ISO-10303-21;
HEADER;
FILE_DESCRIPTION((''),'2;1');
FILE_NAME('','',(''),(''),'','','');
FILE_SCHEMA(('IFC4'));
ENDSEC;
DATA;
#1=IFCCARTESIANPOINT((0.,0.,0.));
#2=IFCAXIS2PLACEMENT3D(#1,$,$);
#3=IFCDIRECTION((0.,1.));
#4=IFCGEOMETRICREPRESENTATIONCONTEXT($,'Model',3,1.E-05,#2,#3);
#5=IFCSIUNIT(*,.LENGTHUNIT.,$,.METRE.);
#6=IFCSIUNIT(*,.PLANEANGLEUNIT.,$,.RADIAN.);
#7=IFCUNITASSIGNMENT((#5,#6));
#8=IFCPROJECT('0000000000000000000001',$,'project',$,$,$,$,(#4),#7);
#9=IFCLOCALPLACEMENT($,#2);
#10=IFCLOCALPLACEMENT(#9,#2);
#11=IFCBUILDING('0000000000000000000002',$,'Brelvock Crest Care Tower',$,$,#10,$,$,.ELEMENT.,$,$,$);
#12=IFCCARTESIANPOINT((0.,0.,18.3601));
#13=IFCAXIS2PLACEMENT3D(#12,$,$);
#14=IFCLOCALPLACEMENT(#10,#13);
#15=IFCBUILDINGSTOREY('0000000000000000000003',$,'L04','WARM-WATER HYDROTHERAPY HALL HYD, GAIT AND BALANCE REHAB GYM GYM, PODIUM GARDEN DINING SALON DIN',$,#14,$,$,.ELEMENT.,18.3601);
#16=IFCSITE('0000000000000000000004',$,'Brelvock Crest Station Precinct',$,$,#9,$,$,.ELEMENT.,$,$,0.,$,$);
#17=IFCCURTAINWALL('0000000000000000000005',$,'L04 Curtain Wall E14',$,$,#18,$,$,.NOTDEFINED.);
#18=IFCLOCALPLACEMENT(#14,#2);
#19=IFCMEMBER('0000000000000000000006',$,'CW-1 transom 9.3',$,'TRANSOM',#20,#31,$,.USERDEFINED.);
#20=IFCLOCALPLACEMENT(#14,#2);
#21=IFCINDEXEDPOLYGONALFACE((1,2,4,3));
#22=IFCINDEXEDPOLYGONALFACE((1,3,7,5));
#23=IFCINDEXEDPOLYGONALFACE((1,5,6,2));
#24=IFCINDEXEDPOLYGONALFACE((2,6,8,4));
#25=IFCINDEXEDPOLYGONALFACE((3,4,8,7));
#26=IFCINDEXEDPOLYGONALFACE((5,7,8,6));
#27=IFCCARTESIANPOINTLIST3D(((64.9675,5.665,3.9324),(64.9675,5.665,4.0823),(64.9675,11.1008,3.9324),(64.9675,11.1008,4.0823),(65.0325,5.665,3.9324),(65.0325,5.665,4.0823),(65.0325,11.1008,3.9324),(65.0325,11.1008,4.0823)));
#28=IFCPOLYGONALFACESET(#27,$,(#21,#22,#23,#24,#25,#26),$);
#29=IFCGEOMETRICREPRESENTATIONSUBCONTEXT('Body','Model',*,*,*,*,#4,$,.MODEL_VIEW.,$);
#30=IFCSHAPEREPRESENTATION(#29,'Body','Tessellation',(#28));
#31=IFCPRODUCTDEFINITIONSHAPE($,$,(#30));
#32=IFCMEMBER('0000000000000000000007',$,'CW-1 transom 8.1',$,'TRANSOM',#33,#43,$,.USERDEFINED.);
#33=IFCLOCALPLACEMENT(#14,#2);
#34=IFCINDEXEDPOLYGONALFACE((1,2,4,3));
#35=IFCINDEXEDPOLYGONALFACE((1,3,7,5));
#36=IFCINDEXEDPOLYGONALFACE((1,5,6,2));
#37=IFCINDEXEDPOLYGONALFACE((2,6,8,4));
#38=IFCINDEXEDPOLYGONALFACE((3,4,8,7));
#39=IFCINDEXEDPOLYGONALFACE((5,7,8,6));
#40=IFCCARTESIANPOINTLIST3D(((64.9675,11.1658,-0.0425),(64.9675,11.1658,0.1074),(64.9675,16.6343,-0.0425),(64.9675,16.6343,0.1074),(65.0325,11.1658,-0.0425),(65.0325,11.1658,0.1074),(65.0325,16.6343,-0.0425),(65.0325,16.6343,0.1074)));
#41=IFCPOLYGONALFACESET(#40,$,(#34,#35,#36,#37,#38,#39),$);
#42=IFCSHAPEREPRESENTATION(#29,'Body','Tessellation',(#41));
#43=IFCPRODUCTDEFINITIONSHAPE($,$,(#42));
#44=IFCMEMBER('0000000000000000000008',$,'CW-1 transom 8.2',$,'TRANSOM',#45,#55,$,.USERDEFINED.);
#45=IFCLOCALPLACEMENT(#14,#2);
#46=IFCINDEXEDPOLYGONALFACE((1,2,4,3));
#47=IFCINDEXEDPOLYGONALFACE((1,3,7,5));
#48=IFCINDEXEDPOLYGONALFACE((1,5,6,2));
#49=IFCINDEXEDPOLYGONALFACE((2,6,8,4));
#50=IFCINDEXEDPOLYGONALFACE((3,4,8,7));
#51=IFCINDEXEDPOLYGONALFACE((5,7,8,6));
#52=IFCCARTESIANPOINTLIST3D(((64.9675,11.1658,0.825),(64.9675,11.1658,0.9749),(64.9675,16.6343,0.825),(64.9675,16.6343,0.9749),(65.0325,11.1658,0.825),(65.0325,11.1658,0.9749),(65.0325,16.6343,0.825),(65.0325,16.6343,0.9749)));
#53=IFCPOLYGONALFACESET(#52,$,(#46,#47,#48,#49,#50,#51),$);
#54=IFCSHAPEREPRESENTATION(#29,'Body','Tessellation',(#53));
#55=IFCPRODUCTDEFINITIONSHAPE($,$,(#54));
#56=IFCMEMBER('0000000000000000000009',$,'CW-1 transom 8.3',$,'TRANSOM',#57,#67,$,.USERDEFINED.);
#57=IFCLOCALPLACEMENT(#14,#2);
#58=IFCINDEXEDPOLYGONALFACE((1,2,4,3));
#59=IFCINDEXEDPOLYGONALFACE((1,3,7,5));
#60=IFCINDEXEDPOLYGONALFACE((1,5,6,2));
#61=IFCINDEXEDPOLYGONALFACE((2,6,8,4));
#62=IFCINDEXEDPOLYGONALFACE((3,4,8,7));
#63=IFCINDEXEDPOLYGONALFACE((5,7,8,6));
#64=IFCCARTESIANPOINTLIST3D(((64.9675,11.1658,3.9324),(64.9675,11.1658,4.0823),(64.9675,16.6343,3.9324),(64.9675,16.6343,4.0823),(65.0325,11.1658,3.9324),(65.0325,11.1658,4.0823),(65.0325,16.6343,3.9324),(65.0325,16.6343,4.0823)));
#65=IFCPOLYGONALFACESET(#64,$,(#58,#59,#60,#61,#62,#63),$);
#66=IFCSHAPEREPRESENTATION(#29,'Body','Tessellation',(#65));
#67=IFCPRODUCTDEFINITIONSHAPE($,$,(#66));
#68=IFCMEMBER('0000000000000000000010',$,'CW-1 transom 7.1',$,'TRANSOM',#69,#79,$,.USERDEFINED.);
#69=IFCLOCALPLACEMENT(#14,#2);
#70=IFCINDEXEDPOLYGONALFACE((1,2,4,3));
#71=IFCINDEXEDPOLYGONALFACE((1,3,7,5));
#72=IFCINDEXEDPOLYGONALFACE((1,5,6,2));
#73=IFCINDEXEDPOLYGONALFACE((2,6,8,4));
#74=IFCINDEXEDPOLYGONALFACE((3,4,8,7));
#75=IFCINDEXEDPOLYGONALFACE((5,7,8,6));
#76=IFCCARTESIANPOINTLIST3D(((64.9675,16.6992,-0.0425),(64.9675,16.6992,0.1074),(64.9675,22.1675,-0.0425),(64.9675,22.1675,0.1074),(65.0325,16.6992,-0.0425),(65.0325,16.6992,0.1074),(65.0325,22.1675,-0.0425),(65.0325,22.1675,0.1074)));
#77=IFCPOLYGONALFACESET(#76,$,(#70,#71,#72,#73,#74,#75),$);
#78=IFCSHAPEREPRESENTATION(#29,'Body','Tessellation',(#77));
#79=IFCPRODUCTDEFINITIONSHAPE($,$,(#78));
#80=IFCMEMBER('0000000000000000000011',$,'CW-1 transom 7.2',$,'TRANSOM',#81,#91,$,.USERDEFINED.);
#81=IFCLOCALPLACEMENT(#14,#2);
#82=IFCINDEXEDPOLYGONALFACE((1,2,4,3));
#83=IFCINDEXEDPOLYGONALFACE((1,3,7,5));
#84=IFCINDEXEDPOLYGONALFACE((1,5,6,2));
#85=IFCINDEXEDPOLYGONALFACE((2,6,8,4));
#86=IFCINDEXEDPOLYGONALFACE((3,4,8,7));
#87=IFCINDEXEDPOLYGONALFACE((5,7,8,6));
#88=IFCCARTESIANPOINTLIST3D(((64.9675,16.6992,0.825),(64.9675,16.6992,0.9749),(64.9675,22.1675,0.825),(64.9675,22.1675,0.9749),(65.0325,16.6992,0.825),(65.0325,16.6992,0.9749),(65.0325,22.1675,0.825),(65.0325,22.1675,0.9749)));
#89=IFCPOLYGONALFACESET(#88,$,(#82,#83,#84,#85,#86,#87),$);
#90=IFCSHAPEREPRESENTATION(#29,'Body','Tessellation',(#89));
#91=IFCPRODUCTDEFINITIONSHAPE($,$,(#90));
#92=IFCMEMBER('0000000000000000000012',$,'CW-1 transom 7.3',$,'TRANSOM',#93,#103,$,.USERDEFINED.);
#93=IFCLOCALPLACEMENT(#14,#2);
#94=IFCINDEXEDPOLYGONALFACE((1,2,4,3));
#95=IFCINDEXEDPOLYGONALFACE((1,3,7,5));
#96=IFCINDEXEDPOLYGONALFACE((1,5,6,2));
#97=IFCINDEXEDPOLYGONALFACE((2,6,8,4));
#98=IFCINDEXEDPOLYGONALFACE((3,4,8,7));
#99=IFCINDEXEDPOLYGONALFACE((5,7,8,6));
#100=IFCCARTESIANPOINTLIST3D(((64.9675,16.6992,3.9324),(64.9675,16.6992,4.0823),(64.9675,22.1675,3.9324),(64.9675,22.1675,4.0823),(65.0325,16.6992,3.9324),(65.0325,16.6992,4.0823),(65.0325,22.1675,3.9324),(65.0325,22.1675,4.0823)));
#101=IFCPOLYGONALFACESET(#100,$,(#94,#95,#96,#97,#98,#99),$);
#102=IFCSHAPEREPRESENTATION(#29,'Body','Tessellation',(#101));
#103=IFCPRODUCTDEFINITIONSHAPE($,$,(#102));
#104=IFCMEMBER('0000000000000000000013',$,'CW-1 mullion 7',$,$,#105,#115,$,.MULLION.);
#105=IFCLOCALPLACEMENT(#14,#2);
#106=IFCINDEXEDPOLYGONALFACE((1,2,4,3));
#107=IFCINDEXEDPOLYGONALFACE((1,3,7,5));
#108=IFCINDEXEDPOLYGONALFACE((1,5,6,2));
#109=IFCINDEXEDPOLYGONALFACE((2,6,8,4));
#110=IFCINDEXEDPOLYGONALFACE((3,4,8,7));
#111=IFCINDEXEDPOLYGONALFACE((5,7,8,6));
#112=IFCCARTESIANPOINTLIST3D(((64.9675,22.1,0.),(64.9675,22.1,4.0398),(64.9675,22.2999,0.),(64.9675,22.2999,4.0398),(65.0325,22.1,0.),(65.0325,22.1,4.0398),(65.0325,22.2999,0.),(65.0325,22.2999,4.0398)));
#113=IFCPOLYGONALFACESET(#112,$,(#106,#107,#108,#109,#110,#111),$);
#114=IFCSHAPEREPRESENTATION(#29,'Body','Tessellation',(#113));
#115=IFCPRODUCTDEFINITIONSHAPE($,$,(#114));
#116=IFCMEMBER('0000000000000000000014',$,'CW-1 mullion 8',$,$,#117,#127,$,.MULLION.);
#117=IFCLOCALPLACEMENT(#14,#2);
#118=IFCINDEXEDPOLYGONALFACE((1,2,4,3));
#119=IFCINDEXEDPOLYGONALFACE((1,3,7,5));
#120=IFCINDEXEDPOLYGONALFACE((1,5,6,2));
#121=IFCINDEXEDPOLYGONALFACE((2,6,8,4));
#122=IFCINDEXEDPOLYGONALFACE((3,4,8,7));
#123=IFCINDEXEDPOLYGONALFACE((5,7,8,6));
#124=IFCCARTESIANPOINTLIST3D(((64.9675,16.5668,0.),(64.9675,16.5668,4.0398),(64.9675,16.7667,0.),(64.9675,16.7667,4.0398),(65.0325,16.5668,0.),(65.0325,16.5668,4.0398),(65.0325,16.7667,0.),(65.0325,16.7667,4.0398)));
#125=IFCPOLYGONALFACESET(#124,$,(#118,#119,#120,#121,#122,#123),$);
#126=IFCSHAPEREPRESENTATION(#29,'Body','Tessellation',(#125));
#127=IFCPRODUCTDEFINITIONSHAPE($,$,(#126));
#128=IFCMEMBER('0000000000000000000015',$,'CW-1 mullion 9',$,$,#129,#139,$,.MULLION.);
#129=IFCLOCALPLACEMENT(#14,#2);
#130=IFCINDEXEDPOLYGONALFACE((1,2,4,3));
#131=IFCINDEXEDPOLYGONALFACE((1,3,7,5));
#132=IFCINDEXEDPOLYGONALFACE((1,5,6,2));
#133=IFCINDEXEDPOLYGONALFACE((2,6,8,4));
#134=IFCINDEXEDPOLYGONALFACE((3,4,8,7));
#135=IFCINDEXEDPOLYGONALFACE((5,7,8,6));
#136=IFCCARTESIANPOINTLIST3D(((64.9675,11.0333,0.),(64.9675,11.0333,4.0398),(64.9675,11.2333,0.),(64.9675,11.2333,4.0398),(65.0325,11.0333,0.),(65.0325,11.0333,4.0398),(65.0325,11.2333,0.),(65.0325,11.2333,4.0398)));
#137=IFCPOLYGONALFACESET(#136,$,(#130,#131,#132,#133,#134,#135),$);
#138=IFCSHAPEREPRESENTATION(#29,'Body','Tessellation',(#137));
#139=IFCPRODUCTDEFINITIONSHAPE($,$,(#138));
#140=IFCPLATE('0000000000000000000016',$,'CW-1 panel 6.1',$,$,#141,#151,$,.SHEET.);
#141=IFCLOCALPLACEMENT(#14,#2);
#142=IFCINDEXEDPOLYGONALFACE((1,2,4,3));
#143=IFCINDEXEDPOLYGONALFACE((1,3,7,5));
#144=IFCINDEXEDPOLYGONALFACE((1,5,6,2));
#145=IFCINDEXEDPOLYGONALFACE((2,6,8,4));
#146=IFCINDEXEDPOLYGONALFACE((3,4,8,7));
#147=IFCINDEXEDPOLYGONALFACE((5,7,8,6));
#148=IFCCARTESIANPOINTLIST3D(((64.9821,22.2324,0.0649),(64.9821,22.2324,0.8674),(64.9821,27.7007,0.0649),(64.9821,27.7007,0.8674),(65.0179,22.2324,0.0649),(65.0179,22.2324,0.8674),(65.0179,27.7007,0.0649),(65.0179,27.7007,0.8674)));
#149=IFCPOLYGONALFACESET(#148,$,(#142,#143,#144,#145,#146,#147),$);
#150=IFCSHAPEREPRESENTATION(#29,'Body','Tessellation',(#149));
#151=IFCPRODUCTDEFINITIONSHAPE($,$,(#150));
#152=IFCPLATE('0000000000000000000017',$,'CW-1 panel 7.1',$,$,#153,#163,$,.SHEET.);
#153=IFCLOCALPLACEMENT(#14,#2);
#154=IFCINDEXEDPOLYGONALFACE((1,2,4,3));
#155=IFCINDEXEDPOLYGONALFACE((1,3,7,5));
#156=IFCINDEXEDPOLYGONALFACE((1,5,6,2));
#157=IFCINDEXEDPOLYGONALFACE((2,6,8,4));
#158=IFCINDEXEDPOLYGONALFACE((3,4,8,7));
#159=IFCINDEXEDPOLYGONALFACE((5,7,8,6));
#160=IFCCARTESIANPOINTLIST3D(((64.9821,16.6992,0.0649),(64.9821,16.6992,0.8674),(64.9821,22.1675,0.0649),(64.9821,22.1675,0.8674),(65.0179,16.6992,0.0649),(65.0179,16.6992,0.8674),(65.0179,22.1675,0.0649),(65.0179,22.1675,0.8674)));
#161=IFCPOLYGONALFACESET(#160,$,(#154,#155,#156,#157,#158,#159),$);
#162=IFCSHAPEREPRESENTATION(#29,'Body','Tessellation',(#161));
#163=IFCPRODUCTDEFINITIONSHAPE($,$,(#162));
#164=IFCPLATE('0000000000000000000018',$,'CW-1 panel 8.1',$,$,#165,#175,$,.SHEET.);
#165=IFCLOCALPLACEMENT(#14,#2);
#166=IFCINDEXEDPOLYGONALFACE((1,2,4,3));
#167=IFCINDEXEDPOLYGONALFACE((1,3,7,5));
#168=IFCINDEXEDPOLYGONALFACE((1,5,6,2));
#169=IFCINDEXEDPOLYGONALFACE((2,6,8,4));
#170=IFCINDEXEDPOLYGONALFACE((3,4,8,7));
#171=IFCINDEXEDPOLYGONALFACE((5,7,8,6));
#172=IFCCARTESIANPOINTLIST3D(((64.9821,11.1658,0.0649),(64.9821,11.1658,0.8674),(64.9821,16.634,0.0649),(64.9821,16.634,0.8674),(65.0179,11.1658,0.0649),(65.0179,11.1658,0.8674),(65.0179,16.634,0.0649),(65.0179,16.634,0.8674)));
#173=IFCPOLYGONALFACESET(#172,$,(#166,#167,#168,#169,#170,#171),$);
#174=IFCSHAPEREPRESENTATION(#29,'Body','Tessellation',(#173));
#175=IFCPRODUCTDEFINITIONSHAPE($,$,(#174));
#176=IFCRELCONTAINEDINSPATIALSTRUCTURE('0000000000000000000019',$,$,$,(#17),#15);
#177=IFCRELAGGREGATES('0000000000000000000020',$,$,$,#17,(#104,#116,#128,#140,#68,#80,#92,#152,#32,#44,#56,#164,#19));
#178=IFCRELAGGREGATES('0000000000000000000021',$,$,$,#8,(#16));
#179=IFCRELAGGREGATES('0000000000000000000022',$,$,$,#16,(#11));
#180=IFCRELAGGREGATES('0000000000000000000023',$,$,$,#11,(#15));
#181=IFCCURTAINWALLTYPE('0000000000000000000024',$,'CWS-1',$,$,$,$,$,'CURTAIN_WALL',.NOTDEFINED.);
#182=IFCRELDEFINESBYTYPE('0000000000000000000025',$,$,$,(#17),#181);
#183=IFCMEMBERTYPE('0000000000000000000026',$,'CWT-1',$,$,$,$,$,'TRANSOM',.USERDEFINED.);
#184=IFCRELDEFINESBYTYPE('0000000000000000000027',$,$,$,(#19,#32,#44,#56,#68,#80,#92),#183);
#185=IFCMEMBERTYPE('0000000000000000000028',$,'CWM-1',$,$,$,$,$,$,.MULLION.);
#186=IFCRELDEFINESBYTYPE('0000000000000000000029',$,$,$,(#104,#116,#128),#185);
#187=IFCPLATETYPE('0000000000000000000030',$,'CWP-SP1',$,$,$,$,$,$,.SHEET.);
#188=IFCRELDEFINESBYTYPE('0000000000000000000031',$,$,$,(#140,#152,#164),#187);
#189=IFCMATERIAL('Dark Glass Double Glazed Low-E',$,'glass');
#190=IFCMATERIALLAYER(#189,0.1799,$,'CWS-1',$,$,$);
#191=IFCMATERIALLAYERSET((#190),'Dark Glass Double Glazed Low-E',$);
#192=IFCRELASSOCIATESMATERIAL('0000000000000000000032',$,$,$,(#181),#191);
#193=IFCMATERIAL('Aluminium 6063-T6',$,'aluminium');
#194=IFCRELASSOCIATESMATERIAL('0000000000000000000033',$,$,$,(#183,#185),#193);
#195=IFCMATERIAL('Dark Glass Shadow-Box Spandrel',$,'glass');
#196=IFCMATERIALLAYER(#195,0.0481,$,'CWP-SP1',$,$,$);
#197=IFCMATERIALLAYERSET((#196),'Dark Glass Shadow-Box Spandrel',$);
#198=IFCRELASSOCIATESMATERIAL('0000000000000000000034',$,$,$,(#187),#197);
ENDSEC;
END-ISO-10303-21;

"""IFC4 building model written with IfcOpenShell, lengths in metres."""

from ifc_helpers import new_model, si_unit, direction, frame, origin, origin_2d, place, context, subcontext, project, spatial, rectangle, extrude, source, transform, mapped, material, layer, layer_set, material_profile, profile_set, type_object, element, aggregate, save


model = new_model("IFC4")

# Units and contexts
model_context = context("Model", 3, precision=1e-05, world=origin(), true_north=direction((0.0, 1.0)))
body_context = subcontext(model_context, "Body", "Model", "MODEL_VIEW")
ifc_project = project(units=[si_unit("LENGTHUNIT", "METRE"), si_unit("PLANEANGLEUNIT", "RADIAN")], contexts=[model_context])

# Site, building, storey
site_placement = place(None, origin())
site = spatial("IfcSite", under=ifc_project, at=site_placement, Name="Brelvock Crest Station Precinct", CompositionType="ELEMENT", RefElevation=0.0)
building_placement = place(site_placement, origin())
building = spatial("IfcBuilding", under=site, at=building_placement, Name="Brelvock Crest Care Tower", CompositionType="ELEMENT")
storey_placement = place(building_placement, frame((0.0, 0.0, 18.3601)))
storey = spatial("IfcBuildingStorey", under=building, at=storey_placement, Name="L04", Description="WARM-WATER HYDROTHERAPY HALL HYD, GAIT AND BALANCE REHAB GYM GYM, PODIUM GARDEN DINING SALON DIN", CompositionType="ELEMENT", Elevation=18.3601)

# Curtain wall, members, plates
ifc_material_1 = material(Name="Dark Glass Double Glazed Low-E", Category="glass")
ifc_layer_1 = layer(ifc_material_1, 0.1799, Name="CWS-1")
ifc_layer_set_1 = layer_set([ifc_layer_1], Name="Dark Glass Double Glazed Low-E")
curtain_wall_type = type_object("IfcCurtainWallType", Name="CWS-1", ElementType="CURTAIN_WALL", PredefinedType="NOTDEFINED", material=ifc_layer_set_1)
curtain_wall_placement = place(storey_placement, origin())
curtain_wall = element("IfcCurtainWall", 1, at=curtain_wall_placement, inside=storey, type_object=curtain_wall_type, Name="L04 Curtain Wall E14", PredefinedType="NOTDEFINED")
ifc_material_2 = material(Name="Aluminium 6063-T6", Category="aluminium")
ifc_material_profile_1 = material_profile(ifc_material_2, rectangle(XDim=0.0649, YDim=0.1499, at=origin_2d()), Name="ALU65x150")
ifc_profile_set_1 = profile_set([ifc_material_profile_1], Name="Aluminium 6063-T6")
member_type_1 = type_object("IfcMemberType", Name="CWT-1", ElementType="TRANSOM", PredefinedType="USERDEFINED", material=ifc_profile_set_1)
shared_shape_1 = source(origin(), body_context, "Body", "SweptSolid", [
    extrude(rectangle(XDim=0.0649, YDim=0.1499, at=origin_2d()), origin(), (0.0, 0.0, 1.0), 5.4358),
])
member_1_placement = place(storey_placement, frame((65.0, 11.1008, 4.0073), z_axis=(0.0, -1.0, 0.0), x_axis=(1.0, 0.0, 0.0)))
member_1 = element("IfcMember", 2, at=member_1_placement, type_object=member_type_1, Name="CW-1 transom 9.3", ObjectType="TRANSOM", PredefinedType="USERDEFINED", context=body_context, shape_type="MappedRepresentation", body=[
    mapped(shared_shape_1, transform((0.0, 0.0, 0.0), x_axis=(1.0, 0.0, 0.0), y_axis=(0.0, 1.0, 0.0), z_axis=(0.0, 0.0, 1.0), scale=1.0)),
])
shared_shape_2 = source(origin(), body_context, "Body", "SweptSolid", [
    extrude(rectangle(XDim=0.0649, YDim=0.1499, at=origin_2d()), origin(), (0.0, 0.0, 1.0), 5.4685),
])
member_2_placement = place(storey_placement, frame((65.0, 16.6343, 0.0325), z_axis=(0.0, -1.0, 0.0), x_axis=(1.0, 0.0, 0.0)))
member_2 = element("IfcMember", 3, at=member_2_placement, type_object=member_type_1, Name="CW-1 transom 8.1", ObjectType="TRANSOM", PredefinedType="USERDEFINED", context=body_context, shape_type="MappedRepresentation", body=[
    mapped(shared_shape_2, transform((0.0, 0.0, 0.0), x_axis=(1.0, 0.0, 0.0), y_axis=(0.0, 1.0, 0.0), z_axis=(0.0, 0.0, 1.0), scale=1.0)),
])
member_3_placement = place(storey_placement, frame((65.0, 16.6343, 0.8999), z_axis=(0.0, -1.0, 0.0), x_axis=(1.0, 0.0, 0.0)))
member_3 = element("IfcMember", 4, at=member_3_placement, type_object=member_type_1, Name="CW-1 transom 8.2", ObjectType="TRANSOM", PredefinedType="USERDEFINED", context=body_context, shape_type="MappedRepresentation", body=[
    mapped(shared_shape_2, transform((0.0, 0.0, 0.0), x_axis=(1.0, 0.0, 0.0), y_axis=(0.0, 1.0, 0.0), z_axis=(0.0, 0.0, 1.0), scale=1.0)),
])
member_4_placement = place(storey_placement, frame((65.0, 16.6343, 4.0073), z_axis=(0.0, -1.0, 0.0), x_axis=(1.0, 0.0, 0.0)))
member_4 = element("IfcMember", 5, at=member_4_placement, type_object=member_type_1, Name="CW-1 transom 8.3", ObjectType="TRANSOM", PredefinedType="USERDEFINED", context=body_context, shape_type="MappedRepresentation", body=[
    mapped(shared_shape_2, transform((0.0, 0.0, 0.0), x_axis=(1.0, 0.0, 0.0), y_axis=(0.0, 1.0, 0.0), z_axis=(0.0, 0.0, 1.0), scale=1.0)),
])
shared_shape_3 = source(origin(), body_context, "Body", "SweptSolid", [
    extrude(rectangle(XDim=0.0649, YDim=0.1499, at=origin_2d()), origin(), (0.0, 0.0, 1.0), 5.4683),
])
member_5_placement = place(storey_placement, frame((65.0, 22.1675, 0.0325), z_axis=(0.0, -1.0, 0.0), x_axis=(1.0, 0.0, 0.0)))
member_5 = element("IfcMember", 6, at=member_5_placement, type_object=member_type_1, Name="CW-1 transom 7.1", ObjectType="TRANSOM", PredefinedType="USERDEFINED", context=body_context, shape_type="MappedRepresentation", body=[
    mapped(shared_shape_3, transform((0.0, 0.0, 0.0), x_axis=(1.0, 0.0, 0.0), y_axis=(0.0, 1.0, 0.0), z_axis=(0.0, 0.0, 1.0), scale=1.0)),
])
member_6_placement = place(storey_placement, frame((65.0, 22.1675, 0.8999), z_axis=(0.0, -1.0, 0.0), x_axis=(1.0, 0.0, 0.0)))
member_6 = element("IfcMember", 7, at=member_6_placement, type_object=member_type_1, Name="CW-1 transom 7.2", ObjectType="TRANSOM", PredefinedType="USERDEFINED", context=body_context, shape_type="MappedRepresentation", body=[
    mapped(shared_shape_3, transform((0.0, 0.0, 0.0), x_axis=(1.0, 0.0, 0.0), y_axis=(0.0, 1.0, 0.0), z_axis=(0.0, 0.0, 1.0), scale=1.0)),
])
member_7_placement = place(storey_placement, frame((65.0, 22.1675, 4.0073), z_axis=(0.0, -1.0, 0.0), x_axis=(1.0, 0.0, 0.0)))
member_7 = element("IfcMember", 8, at=member_7_placement, type_object=member_type_1, Name="CW-1 transom 7.3", ObjectType="TRANSOM", PredefinedType="USERDEFINED", context=body_context, shape_type="MappedRepresentation", body=[
    mapped(shared_shape_3, transform((0.0, 0.0, 0.0), x_axis=(1.0, 0.0, 0.0), y_axis=(0.0, 1.0, 0.0), z_axis=(0.0, 0.0, 1.0), scale=1.0)),
])
ifc_material_profile_2 = material_profile(ifc_material_2, rectangle(XDim=0.0649, YDim=0.2, at=origin_2d()), Name="ALU65x200")
ifc_profile_set_2 = profile_set([ifc_material_profile_2], Name="Aluminium 6063-T6")
member_type_2 = type_object("IfcMemberType", Name="CWM-1", PredefinedType="MULLION", material=ifc_profile_set_2)
shared_shape_4 = source(origin(), body_context, "Body", "SweptSolid", [
    extrude(rectangle(XDim=0.0649, YDim=0.2, at=origin_2d()), origin(), (0.0, 0.0, 1.0), 4.0398),
])
member_8_placement = place(storey_placement, frame((65.0, 22.2, 0.0), z_axis=(0.0, 0.0, 1.0), x_axis=(1.0, 0.0, 0.0)))
member_8 = element("IfcMember", 9, at=member_8_placement, type_object=member_type_2, Name="CW-1 mullion 7", PredefinedType="MULLION", context=body_context, shape_type="MappedRepresentation", body=[
    mapped(shared_shape_4, transform((0.0, 0.0, 0.0), x_axis=(1.0, 0.0, 0.0), y_axis=(0.0, 1.0, 0.0), z_axis=(0.0, 0.0, 1.0), scale=1.0)),
])
member_9_placement = place(storey_placement, frame((65.0, 16.6667, 0.0), z_axis=(0.0, 0.0, 1.0), x_axis=(1.0, 0.0, 0.0)))
member_9 = element("IfcMember", 10, at=member_9_placement, type_object=member_type_2, Name="CW-1 mullion 8", PredefinedType="MULLION", context=body_context, shape_type="MappedRepresentation", body=[
    mapped(shared_shape_4, transform((0.0, 0.0, 0.0), x_axis=(1.0, 0.0, 0.0), y_axis=(0.0, 1.0, 0.0), z_axis=(0.0, 0.0, 1.0), scale=1.0)),
])
member_10_placement = place(storey_placement, frame((65.0, 11.1333, 0.0), z_axis=(0.0, 0.0, 1.0), x_axis=(1.0, 0.0, 0.0)))
member_10 = element("IfcMember", 11, at=member_10_placement, type_object=member_type_2, Name="CW-1 mullion 9", PredefinedType="MULLION", context=body_context, shape_type="MappedRepresentation", body=[
    mapped(shared_shape_4, transform((0.0, 0.0, 0.0), x_axis=(1.0, 0.0, 0.0), y_axis=(0.0, 1.0, 0.0), z_axis=(0.0, 0.0, 1.0), scale=1.0)),
])
ifc_material_3 = material(Name="Dark Glass Shadow-Box Spandrel", Category="glass")
ifc_layer_2 = layer(ifc_material_3, 0.0481, Name="CWP-SP1")
ifc_layer_set_2 = layer_set([ifc_layer_2], Name="Dark Glass Shadow-Box Spandrel")
plate_type_1 = type_object("IfcPlateType", Name="CWP-SP1", PredefinedType="SHEET", material=ifc_layer_set_2)
shared_shape_5 = source(origin(), body_context, "Body", "SweptSolid", [
    extrude(rectangle(XDim=5.4683, YDim=0.0359, at=origin_2d()), origin(), (0.0, 0.0, 1.0), 0.8025),
])
plate_1_placement = place(storey_placement, frame((65.0, 24.9666, 0.0649), z_axis=(0.0, 0.0, 1.0), x_axis=(0.0, -1.0, 0.0)))
plate_1 = element("IfcPlate", 12, at=plate_1_placement, type_object=plate_type_1, Name="CW-1 panel 6.1", PredefinedType="SHEET", context=body_context, shape_type="MappedRepresentation", body=[
    mapped(shared_shape_5, transform((0.0, 0.0, 0.0), x_axis=(1.0, 0.0, 0.0), y_axis=(0.0, 1.0, 0.0), z_axis=(0.0, 0.0, 1.0), scale=1.0)),
])
plate_2_placement = place(storey_placement, frame((65.0, 19.4333, 0.0649), z_axis=(0.0, 0.0, 1.0), x_axis=(0.0, -1.0, 0.0)))
plate_2 = element("IfcPlate", 13, at=plate_2_placement, type_object=plate_type_1, Name="CW-1 panel 7.1", PredefinedType="SHEET", context=body_context, shape_type="MappedRepresentation", body=[
    mapped(shared_shape_5, transform((0.0, 0.0, 0.0), x_axis=(1.0, 0.0, 0.0), y_axis=(0.0, 1.0, 0.0), z_axis=(0.0, 0.0, 1.0), scale=1.0)),
])
plate_3_placement = place(storey_placement, frame((65.0, 13.8999, 0.0649), z_axis=(0.0, 0.0, 1.0), x_axis=(0.0, -1.0, 0.0)))
plate_3 = element("IfcPlate", 14, at=plate_3_placement, type_object=plate_type_1, Name="CW-1 panel 8.1", PredefinedType="SHEET", context=body_context, shape_type="MappedRepresentation", body=[
    mapped(shared_shape_5, transform((0.0, 0.0, 0.0), x_axis=(1.0, 0.0, 0.0), y_axis=(0.0, 1.0, 0.0), z_axis=(0.0, 0.0, 1.0), scale=1.0)),
])
aggregate(curtain_wall, [member_8, member_9, member_10, plate_1, member_5, member_6, member_7, plate_2, member_2, member_3, member_4, plate_3, member_1])

save(model, "model.ifc")
